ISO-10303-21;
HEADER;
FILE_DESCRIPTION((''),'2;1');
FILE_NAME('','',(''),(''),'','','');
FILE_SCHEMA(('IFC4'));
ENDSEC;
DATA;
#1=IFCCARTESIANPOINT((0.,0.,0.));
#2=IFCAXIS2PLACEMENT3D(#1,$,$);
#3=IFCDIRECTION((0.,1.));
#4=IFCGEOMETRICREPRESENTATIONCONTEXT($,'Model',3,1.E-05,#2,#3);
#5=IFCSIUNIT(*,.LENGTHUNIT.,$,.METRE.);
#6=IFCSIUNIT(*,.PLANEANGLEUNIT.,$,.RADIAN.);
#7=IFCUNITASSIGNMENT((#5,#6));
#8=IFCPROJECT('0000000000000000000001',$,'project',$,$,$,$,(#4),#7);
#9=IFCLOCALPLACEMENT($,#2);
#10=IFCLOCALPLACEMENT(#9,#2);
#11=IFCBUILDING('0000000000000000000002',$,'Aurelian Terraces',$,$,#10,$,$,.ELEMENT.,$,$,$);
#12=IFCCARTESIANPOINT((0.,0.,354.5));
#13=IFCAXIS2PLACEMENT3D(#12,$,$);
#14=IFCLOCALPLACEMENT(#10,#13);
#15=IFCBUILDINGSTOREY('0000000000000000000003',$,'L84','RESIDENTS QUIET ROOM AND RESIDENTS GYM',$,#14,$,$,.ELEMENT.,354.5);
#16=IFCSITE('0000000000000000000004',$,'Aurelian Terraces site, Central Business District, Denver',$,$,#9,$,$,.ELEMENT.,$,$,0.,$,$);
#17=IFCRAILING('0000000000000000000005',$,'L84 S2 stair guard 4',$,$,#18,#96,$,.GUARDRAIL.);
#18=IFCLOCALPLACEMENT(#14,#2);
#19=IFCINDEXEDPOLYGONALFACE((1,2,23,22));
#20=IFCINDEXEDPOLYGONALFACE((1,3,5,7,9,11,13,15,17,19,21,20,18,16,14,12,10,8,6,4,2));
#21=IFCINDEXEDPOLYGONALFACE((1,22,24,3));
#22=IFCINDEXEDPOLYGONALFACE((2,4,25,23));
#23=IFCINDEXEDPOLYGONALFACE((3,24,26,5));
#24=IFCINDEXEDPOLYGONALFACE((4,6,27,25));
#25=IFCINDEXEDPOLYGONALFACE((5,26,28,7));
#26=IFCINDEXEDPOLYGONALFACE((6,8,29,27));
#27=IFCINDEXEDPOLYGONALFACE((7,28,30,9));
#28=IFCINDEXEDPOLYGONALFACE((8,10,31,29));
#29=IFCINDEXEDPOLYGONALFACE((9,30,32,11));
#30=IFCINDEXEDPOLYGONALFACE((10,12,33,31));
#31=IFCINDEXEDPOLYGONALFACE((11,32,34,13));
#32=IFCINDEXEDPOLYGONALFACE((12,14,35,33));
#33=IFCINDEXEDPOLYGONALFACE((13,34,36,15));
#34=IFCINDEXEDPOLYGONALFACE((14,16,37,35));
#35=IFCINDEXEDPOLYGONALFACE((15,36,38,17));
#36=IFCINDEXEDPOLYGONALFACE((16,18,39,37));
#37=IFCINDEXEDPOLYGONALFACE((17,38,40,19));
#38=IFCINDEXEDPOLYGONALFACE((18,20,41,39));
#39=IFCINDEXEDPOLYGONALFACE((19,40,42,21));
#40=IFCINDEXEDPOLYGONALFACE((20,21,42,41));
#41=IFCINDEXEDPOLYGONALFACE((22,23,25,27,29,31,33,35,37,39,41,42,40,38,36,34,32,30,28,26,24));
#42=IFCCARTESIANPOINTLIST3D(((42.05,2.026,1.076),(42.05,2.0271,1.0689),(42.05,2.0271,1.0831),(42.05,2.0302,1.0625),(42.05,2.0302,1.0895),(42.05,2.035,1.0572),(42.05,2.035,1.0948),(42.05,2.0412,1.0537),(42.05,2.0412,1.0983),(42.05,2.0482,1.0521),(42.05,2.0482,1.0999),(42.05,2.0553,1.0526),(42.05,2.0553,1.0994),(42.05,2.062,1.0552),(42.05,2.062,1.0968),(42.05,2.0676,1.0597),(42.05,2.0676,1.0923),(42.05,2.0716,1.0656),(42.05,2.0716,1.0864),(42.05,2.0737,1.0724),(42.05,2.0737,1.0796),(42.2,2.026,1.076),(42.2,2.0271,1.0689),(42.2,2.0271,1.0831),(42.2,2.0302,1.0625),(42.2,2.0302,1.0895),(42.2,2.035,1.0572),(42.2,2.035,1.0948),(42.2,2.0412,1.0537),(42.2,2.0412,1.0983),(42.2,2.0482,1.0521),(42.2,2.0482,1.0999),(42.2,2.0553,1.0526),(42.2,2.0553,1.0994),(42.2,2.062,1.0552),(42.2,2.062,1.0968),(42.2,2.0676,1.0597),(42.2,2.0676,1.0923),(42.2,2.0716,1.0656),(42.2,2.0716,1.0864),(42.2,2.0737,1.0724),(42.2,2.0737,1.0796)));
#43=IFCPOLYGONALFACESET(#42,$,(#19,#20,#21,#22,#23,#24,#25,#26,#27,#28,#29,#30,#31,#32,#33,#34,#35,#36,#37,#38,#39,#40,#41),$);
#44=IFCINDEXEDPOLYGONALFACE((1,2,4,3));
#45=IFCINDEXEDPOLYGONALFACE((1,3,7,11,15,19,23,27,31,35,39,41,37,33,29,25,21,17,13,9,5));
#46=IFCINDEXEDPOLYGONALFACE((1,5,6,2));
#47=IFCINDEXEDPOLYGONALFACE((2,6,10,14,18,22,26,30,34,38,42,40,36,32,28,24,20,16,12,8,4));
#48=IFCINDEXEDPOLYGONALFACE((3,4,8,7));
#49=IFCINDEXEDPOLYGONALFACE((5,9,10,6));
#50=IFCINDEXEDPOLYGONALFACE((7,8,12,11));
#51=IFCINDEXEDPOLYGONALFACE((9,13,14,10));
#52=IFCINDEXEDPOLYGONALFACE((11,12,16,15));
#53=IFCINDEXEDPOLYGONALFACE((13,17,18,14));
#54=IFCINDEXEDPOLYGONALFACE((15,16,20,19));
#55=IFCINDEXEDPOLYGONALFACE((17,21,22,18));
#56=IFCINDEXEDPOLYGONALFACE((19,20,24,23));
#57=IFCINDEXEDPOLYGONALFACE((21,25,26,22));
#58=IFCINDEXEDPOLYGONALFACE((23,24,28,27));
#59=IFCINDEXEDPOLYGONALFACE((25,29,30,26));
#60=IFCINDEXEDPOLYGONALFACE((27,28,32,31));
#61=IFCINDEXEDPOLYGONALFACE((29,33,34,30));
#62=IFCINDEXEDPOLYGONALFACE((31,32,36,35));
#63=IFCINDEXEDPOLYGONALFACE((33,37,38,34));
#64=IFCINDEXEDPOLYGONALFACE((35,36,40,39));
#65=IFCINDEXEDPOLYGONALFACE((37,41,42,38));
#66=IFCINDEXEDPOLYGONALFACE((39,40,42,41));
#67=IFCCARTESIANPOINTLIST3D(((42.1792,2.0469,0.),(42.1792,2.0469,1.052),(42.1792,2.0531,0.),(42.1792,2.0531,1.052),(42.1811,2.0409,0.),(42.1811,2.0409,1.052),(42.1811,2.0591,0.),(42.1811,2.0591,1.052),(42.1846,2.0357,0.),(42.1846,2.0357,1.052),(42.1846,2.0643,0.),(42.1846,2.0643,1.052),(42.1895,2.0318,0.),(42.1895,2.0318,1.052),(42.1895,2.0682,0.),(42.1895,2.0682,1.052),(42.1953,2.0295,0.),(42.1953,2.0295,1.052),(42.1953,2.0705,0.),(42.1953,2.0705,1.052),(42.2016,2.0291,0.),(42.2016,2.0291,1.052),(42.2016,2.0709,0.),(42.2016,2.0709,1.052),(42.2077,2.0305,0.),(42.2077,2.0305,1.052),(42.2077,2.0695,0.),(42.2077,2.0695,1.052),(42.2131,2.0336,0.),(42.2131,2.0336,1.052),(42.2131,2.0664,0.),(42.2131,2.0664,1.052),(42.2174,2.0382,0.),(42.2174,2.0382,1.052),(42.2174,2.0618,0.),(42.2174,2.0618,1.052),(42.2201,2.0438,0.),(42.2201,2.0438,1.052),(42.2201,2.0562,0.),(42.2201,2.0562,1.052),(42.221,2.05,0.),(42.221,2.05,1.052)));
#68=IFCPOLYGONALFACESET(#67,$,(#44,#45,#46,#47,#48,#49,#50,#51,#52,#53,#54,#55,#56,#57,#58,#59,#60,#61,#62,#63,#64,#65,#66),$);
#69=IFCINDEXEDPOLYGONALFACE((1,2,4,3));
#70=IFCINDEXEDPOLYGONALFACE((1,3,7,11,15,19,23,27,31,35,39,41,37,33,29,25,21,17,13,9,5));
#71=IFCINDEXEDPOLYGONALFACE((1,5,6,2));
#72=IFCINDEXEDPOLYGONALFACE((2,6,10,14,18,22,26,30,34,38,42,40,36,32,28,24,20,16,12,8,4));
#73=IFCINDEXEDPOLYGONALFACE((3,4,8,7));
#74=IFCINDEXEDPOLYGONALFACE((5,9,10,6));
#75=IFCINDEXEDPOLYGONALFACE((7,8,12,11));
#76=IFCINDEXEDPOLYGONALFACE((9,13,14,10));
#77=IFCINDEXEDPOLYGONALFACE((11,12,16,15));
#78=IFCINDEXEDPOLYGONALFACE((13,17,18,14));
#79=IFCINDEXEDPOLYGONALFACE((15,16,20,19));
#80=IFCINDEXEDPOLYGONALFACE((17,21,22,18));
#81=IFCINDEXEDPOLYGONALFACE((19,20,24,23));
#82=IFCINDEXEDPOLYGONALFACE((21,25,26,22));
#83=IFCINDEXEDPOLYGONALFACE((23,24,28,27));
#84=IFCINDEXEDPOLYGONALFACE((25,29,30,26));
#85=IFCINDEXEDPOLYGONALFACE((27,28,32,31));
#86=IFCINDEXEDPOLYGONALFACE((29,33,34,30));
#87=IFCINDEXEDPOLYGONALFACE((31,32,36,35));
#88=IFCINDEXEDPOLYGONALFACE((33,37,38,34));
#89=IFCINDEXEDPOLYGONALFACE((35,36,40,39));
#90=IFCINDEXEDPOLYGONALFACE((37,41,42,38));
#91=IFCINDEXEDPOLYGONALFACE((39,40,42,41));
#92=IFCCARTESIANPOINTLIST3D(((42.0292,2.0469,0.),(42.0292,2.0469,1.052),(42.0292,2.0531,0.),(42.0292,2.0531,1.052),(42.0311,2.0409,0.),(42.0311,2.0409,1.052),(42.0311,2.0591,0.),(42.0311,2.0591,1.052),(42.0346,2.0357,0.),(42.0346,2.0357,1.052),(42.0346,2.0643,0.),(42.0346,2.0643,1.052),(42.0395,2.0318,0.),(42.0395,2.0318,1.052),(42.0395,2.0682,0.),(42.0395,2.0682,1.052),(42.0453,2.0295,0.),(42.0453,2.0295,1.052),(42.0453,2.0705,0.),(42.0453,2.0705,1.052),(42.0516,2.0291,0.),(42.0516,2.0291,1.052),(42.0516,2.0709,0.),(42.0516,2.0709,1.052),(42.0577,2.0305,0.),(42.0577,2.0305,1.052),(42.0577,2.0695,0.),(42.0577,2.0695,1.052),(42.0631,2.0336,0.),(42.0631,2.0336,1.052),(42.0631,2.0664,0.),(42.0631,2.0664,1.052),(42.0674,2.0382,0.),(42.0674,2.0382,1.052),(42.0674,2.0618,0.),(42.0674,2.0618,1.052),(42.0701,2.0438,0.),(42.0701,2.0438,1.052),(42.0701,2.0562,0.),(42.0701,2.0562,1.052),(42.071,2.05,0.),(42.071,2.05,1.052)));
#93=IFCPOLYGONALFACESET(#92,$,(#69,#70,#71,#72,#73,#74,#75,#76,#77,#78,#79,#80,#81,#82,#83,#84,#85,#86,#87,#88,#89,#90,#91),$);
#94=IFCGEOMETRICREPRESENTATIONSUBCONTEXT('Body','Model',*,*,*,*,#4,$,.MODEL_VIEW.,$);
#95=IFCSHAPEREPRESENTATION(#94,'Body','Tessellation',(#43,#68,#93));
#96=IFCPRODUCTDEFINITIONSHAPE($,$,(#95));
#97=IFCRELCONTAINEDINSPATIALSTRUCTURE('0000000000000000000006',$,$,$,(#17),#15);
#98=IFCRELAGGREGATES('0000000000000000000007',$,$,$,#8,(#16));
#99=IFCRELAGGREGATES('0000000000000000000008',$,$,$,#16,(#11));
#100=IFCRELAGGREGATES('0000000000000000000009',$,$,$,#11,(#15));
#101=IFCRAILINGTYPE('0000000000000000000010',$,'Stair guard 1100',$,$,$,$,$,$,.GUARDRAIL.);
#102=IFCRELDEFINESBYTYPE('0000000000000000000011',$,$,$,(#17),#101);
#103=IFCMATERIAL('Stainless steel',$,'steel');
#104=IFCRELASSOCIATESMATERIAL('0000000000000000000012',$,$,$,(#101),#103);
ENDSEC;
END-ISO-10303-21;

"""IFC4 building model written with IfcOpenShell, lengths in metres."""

from ifc_helpers import new_model, si_unit, direction, frame, origin, origin_2d, place, context, subcontext, project, spatial, circle, extrude, source, transform, mapped, material, type_object, element, save


model = new_model("IFC4")

# Units and contexts
model_context = context("Model", 3, precision=1e-05, world=origin(), true_north=direction((0.0, 1.0)))
body_context = subcontext(model_context, "Body", "Model", "MODEL_VIEW")
ifc_project = project(units=[si_unit("LENGTHUNIT", "METRE"), si_unit("PLANEANGLEUNIT", "RADIAN")], contexts=[model_context])

# Site, building, storey
site_placement = place(None, origin())
site = spatial("IfcSite", under=ifc_project, at=site_placement, Name="Aurelian Terraces site, Central Business District, Denver", CompositionType="ELEMENT", RefElevation=0.0)
building_placement = place(site_placement, origin())
building = spatial("IfcBuilding", under=site, at=building_placement, Name="Aurelian Terraces", CompositionType="ELEMENT")
storey_placement = place(building_placement, frame((0.0, 0.0, 354.5)))
storey = spatial("IfcBuildingStorey", under=building, at=storey_placement, Name="L84", Description="RESIDENTS QUIET ROOM AND RESIDENTS GYM", CompositionType="ELEMENT", Elevation=354.5)

# Railing
ifc_material_1 = material(Name="Stainless steel", Category="steel")
railing_type_1 = type_object("IfcRailingType", Name="Stair guard 1100", PredefinedType="GUARDRAIL", material=ifc_material_1)
shared_shape_1 = source(origin(), body_context, "Body", "SweptSolid", [
    extrude(circle(Radius=0.024, at=origin_2d()), frame((0.0, 0.0, 1.076), z_axis=(-1.0, 0.0, 0.0), x_axis=(0.0, -1.0, 0.0)), (0.0, 0.0, 1.0), 0.15),
    extrude(circle(Radius=0.021, at=origin_2d()), origin(), (0.0, 0.0, 1.0), 1.052),
    extrude(circle(Radius=0.021, at=origin_2d()), frame((-0.15, 0.0, 0.0)), (0.0, 0.0, 1.0), 1.052),
])
for number, where, name in (
    (1, (42.2, 2.05, 0.0), "L84 S2 stair guard 4"),
):
    element("IfcRailing", number, at=place(storey_placement, frame(where)), inside=storey, type_object=railing_type_1, Name=name, PredefinedType="GUARDRAIL", context=body_context, shape_type="MappedRepresentation", body=[
        mapped(shared_shape_1, transform((0.0, 0.0, 0.0), scale=1.0)),
    ])

save(model, "model.ifc")
